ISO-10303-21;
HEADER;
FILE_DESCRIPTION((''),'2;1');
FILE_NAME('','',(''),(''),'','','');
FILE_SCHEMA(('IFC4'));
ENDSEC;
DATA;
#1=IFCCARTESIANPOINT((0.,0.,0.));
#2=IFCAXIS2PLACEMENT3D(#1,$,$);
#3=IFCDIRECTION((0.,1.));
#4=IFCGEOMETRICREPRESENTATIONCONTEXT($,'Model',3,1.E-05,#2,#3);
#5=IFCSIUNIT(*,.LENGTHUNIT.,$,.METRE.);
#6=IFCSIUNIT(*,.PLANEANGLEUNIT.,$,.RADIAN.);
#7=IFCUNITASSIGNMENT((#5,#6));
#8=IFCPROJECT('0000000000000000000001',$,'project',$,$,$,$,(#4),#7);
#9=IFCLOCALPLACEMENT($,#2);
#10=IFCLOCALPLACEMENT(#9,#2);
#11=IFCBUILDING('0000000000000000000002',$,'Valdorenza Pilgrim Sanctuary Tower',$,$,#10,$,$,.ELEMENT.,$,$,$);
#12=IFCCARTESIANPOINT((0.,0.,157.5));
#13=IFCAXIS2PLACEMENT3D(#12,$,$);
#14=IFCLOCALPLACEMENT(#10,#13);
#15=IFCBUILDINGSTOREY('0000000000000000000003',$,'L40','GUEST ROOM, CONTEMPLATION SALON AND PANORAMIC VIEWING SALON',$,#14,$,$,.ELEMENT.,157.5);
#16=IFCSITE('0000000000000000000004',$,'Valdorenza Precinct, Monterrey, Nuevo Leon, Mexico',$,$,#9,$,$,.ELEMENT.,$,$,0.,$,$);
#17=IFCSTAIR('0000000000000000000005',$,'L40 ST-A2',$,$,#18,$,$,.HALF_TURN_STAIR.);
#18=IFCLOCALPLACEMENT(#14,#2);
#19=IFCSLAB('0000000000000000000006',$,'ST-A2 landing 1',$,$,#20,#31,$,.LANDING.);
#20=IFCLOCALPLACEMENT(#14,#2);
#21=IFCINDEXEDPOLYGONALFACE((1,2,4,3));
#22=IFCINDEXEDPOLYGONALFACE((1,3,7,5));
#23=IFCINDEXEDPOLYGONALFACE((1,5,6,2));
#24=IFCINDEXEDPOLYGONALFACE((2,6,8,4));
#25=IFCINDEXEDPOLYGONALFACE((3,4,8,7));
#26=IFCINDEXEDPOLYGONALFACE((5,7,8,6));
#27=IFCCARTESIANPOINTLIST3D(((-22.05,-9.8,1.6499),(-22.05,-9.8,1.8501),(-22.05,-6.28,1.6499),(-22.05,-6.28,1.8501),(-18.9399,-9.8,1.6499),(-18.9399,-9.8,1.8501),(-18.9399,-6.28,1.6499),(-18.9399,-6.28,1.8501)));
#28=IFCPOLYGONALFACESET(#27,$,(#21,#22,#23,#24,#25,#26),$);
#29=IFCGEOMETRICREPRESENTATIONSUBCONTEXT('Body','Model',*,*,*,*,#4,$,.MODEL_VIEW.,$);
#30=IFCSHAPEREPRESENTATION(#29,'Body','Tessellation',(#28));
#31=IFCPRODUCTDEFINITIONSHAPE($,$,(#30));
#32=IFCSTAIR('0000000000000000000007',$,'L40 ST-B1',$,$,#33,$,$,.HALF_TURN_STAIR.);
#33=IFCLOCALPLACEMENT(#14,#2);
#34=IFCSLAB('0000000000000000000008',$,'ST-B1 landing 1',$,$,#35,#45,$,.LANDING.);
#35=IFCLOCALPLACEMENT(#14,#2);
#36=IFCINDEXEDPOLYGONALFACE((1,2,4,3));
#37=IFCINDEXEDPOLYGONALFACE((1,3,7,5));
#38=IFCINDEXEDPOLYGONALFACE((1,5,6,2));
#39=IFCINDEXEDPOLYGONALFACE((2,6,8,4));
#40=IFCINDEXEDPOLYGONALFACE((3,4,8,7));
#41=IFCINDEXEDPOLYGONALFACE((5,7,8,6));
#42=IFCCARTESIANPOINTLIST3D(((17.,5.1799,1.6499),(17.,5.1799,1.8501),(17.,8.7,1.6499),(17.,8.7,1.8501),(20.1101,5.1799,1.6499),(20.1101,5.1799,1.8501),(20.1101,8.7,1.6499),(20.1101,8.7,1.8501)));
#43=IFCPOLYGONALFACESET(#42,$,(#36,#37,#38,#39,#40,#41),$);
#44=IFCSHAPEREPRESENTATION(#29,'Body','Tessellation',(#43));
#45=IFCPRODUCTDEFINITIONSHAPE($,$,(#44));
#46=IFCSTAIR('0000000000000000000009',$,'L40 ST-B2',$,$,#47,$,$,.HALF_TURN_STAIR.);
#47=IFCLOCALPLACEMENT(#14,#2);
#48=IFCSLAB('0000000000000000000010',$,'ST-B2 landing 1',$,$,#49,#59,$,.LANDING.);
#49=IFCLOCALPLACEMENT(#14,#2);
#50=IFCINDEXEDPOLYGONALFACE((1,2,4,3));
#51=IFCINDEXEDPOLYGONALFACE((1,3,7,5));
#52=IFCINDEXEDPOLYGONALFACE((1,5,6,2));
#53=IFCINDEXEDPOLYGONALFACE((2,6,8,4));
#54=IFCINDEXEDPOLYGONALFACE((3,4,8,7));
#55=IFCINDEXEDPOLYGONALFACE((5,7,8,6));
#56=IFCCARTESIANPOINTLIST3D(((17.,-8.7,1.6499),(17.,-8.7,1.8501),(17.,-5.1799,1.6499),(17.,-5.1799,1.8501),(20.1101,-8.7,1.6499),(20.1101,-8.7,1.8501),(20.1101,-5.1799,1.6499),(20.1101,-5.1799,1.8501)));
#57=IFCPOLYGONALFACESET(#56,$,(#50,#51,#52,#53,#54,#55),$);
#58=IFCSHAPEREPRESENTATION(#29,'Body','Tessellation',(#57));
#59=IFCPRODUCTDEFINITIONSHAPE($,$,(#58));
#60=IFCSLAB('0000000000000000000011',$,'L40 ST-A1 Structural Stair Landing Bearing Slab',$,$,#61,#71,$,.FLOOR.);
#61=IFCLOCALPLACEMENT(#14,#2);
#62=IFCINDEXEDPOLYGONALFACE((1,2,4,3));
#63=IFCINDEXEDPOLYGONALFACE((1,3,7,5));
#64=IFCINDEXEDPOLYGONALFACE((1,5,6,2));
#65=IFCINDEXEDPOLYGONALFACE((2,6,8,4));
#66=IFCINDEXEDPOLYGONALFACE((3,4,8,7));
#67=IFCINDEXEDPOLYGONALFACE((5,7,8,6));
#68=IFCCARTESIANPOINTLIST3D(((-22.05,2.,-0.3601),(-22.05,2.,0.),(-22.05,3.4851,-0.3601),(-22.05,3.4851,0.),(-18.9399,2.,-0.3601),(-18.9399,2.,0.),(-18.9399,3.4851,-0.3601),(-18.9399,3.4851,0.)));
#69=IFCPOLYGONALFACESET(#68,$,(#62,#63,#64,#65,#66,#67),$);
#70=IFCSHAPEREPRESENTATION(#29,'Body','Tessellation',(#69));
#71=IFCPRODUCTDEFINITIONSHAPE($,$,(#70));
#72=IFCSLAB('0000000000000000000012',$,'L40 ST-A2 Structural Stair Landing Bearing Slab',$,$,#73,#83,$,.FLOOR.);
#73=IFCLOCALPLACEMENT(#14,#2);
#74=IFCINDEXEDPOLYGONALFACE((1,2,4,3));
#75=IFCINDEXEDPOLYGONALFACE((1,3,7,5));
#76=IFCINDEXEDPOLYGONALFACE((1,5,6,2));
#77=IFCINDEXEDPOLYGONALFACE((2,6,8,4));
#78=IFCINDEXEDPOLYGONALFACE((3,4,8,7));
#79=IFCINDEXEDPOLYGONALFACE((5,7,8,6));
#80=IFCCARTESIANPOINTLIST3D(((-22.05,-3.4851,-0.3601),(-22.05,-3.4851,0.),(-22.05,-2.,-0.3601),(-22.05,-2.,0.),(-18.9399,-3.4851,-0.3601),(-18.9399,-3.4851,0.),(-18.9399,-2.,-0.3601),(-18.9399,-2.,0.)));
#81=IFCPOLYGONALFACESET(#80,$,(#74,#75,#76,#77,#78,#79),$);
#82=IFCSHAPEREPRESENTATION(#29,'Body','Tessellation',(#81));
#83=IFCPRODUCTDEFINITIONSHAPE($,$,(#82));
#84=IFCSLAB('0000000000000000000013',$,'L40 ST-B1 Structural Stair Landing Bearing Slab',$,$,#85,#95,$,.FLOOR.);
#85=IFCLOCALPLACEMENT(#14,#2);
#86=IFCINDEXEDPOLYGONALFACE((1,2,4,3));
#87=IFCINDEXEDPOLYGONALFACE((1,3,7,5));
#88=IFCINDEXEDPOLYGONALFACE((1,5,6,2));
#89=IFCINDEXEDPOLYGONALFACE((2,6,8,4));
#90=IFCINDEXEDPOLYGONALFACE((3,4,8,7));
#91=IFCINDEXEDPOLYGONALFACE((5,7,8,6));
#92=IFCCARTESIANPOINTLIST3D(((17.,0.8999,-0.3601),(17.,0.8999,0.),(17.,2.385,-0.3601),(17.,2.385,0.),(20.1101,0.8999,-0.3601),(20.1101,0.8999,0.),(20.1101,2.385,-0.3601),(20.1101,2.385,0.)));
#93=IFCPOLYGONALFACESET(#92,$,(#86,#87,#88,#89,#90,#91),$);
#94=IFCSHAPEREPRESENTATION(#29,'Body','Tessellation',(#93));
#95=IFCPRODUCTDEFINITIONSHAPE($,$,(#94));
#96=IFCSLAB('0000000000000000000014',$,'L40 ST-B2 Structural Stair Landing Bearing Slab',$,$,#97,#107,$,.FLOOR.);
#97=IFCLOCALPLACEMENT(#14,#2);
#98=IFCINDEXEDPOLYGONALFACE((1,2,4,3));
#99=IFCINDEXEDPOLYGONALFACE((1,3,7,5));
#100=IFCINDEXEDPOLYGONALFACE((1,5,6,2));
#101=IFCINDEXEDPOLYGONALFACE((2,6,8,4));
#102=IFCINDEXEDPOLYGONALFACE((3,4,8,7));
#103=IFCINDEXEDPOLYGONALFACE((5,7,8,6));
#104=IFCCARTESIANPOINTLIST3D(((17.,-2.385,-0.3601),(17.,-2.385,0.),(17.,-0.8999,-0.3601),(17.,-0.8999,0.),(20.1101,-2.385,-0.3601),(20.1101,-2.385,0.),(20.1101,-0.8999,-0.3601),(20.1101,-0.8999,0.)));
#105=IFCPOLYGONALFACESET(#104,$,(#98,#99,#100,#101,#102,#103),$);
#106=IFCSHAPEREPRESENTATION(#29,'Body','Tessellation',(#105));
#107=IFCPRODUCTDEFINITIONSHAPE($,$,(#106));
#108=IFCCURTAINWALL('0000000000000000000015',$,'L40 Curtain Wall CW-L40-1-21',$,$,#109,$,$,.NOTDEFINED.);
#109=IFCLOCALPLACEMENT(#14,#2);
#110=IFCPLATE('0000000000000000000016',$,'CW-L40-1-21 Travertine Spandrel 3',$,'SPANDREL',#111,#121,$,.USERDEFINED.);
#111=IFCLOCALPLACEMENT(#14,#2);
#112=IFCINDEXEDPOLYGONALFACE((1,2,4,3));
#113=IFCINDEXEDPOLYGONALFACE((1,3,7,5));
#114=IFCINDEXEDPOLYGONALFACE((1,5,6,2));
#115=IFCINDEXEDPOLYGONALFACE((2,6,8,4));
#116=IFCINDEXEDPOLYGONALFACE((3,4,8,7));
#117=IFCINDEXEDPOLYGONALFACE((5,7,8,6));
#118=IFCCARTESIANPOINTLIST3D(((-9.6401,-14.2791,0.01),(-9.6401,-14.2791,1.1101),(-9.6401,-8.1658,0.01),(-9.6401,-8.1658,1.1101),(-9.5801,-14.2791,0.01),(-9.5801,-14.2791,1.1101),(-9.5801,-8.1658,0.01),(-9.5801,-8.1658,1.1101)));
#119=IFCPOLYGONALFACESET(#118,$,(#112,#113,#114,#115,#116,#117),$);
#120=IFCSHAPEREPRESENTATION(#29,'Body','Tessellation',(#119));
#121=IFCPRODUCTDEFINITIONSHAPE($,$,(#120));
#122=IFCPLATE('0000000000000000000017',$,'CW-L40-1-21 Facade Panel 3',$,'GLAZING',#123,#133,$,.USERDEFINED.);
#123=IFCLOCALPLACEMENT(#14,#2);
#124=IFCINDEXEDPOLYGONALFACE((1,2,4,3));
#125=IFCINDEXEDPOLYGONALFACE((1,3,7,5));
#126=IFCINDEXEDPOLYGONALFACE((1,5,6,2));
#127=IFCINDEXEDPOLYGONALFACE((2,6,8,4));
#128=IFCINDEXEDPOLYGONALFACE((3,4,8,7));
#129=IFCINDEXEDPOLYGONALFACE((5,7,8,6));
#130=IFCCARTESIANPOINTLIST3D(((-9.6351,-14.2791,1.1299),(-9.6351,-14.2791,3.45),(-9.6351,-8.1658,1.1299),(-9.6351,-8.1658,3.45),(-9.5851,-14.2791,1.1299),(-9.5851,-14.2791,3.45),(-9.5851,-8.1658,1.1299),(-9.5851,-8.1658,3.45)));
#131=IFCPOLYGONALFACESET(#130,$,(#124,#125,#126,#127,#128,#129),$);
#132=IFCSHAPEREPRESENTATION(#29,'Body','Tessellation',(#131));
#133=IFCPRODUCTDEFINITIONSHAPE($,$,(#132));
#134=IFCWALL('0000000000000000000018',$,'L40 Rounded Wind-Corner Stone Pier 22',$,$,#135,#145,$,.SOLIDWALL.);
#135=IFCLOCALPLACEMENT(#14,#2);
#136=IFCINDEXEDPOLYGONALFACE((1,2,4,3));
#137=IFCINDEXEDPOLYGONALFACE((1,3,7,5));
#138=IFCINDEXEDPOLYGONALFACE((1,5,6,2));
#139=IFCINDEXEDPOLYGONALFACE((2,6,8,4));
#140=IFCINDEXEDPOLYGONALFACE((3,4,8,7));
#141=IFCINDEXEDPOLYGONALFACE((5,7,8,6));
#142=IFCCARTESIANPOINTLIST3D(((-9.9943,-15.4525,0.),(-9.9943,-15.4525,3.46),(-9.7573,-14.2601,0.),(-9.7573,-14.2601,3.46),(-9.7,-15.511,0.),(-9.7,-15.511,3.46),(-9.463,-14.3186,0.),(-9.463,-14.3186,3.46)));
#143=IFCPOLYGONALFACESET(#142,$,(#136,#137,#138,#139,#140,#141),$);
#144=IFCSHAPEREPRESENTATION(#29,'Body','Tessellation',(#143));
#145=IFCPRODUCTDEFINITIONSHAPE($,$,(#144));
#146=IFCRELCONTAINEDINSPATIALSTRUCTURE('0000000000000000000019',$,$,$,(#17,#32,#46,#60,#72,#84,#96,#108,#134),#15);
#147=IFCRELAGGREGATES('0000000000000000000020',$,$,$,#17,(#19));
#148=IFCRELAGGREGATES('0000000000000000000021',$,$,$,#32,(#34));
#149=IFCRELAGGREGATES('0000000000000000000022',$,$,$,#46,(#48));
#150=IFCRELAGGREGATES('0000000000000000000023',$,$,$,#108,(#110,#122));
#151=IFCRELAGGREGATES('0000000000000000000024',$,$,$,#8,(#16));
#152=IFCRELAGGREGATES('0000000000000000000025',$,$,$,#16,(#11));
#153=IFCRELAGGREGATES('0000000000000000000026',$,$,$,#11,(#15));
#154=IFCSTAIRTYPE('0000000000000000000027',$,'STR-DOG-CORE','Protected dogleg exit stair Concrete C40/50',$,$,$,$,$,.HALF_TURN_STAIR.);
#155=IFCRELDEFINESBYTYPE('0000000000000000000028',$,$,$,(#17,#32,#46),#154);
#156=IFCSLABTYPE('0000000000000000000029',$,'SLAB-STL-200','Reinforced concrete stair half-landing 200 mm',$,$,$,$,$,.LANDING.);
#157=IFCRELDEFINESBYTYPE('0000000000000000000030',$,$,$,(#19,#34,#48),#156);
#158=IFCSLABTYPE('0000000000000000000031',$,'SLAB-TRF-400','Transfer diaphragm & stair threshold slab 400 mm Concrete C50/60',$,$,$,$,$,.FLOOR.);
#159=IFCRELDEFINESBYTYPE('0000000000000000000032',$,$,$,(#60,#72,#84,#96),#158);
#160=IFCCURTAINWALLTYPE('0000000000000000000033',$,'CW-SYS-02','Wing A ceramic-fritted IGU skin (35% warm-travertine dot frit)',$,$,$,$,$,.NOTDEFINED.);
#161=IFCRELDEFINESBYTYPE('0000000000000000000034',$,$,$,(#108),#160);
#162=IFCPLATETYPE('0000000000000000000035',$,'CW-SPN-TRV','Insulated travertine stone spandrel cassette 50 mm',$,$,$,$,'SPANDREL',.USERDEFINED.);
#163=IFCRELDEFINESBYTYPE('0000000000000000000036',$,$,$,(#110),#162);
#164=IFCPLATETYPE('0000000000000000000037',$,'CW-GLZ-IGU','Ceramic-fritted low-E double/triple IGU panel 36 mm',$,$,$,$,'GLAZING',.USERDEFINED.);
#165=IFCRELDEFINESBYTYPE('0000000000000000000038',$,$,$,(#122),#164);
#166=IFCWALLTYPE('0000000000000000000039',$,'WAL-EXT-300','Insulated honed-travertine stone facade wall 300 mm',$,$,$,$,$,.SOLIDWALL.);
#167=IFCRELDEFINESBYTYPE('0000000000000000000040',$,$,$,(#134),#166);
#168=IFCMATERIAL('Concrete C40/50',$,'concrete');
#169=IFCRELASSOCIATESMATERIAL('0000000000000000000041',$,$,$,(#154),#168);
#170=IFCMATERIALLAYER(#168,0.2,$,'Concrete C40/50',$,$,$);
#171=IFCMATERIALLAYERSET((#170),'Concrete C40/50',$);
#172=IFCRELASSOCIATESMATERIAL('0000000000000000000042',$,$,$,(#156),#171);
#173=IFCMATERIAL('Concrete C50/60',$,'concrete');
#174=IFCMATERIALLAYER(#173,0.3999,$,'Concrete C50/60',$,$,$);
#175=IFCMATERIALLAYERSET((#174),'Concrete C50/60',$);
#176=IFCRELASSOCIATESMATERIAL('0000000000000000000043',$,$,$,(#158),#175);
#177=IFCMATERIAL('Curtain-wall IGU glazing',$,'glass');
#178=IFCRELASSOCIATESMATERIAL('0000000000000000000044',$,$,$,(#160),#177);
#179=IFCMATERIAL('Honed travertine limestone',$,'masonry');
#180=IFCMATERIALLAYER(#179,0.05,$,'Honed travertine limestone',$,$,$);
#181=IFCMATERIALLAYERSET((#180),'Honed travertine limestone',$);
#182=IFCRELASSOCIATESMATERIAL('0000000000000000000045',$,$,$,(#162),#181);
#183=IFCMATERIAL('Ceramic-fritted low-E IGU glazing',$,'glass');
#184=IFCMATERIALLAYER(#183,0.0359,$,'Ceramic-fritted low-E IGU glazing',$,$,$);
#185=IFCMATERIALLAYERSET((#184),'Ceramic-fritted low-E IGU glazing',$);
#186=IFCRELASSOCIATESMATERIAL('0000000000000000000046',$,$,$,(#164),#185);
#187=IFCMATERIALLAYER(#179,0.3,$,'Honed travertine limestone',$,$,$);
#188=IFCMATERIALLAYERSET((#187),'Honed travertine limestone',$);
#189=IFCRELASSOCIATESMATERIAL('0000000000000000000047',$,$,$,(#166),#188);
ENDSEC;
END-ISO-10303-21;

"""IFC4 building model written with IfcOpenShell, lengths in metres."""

from ifc_helpers import new_model, si_unit, direction, frame, frame_2d, origin, origin_2d, place, context, subcontext, project, spatial, polyline, rectangle, outline, extrude, source, transform, mapped, material, layer, layer_set, type_object, element, aggregate, save


model = new_model("IFC4")

# Units and contexts
model_context = context("Model", 3, precision=1e-05, world=origin(), true_north=direction((0.0, 1.0)))
body_context = subcontext(model_context, "Body", "Model", "MODEL_VIEW")
ifc_project = project(units=[si_unit("LENGTHUNIT", "METRE"), si_unit("PLANEANGLEUNIT", "RADIAN")], contexts=[model_context])

# Site, building, storey
site_placement = place(None, origin())
site = spatial("IfcSite", under=ifc_project, at=site_placement, Name="Valdorenza Precinct, Monterrey, Nuevo Leon, Mexico", CompositionType="ELEMENT", RefElevation=0.0)
building_placement = place(site_placement, origin())
building = spatial("IfcBuilding", under=site, at=building_placement, Name="Valdorenza Pilgrim Sanctuary Tower", CompositionType="ELEMENT")
storey_placement = place(building_placement, frame((0.0, 0.0, 157.5)))
storey = spatial("IfcBuildingStorey", under=building, at=storey_placement, Name="L40", Description="GUEST ROOM, CONTEMPLATION SALON AND PANORAMIC VIEWING SALON", CompositionType="ELEMENT", Elevation=157.5)

# Shared definitions
ifc_material_1 = material(Name="Concrete C40/50", Category="concrete")

# Stairs, slabs
stair_type = type_object("IfcStairType", Name="STR-DOG-CORE", Description="Protected dogleg exit stair Concrete C40/50", PredefinedType="HALF_TURN_STAIR", material=ifc_material_1)
ifc_layer_1 = layer(ifc_material_1, 0.2, Name="Concrete C40/50")
ifc_layer_set_1 = layer_set([ifc_layer_1], Name="Concrete C40/50")
slab_type_1 = type_object("IfcSlabType", Name="SLAB-STL-200", Description="Reinforced concrete stair half-landing 200 mm", PredefinedType="LANDING", material=ifc_layer_set_1)
stair_1_placement = place(storey_placement, origin())
stair_1 = element("IfcStair", 1, at=stair_1_placement, inside=storey, type_object=stair_type, Name="L40 ST-A2", PredefinedType="HALF_TURN_STAIR")
slab_1_placement = place(storey_placement, frame((0.0, 0.0, 1.6499)))
slab_1 = element("IfcSlab", 2, at=slab_1_placement, type_object=slab_type_1, Name="ST-A2 landing 1", PredefinedType="LANDING", context=body_context, shape_type="SweptSolid", body=[
    extrude(outline(polyline([(-22.05, -6.28), (-22.05, -9.8), (-18.9399, -9.8), (-18.9399, -6.28), (-22.05, -6.28)])), origin(), (0.0, 0.0, 1.0), 0.2002),
])
aggregate(stair_1, [slab_1])
stair_2_placement = place(storey_placement, origin())
stair_2 = element("IfcStair", 3, at=stair_2_placement, inside=storey, type_object=stair_type, Name="L40 ST-B1", PredefinedType="HALF_TURN_STAIR")
slab_2_placement = place(storey_placement, frame((0.0, 0.0, 1.6499)))
slab_2 = element("IfcSlab", 4, at=slab_2_placement, type_object=slab_type_1, Name="ST-B1 landing 1", PredefinedType="LANDING", context=body_context, shape_type="SweptSolid", body=[
    extrude(outline(polyline([(20.1101, 5.1799), (20.1101, 8.7), (17.0, 8.7), (17.0, 5.1799), (20.1101, 5.1799)])), origin(), (0.0, 0.0, 1.0), 0.2002),
])
aggregate(stair_2, [slab_2])
stair_3_placement = place(storey_placement, origin())
stair_3 = element("IfcStair", 5, at=stair_3_placement, inside=storey, type_object=stair_type, Name="L40 ST-B2", PredefinedType="HALF_TURN_STAIR")
slab_3_placement = place(storey_placement, frame((0.0, 0.0, 1.6499)))
slab_3 = element("IfcSlab", 6, at=slab_3_placement, type_object=slab_type_1, Name="ST-B2 landing 1", PredefinedType="LANDING", context=body_context, shape_type="SweptSolid", body=[
    extrude(outline(polyline([(17.0, -5.1799), (17.0, -8.7), (20.1101, -8.7), (20.1101, -5.1799), (17.0, -5.1799)])), origin(), (0.0, 0.0, 1.0), 0.2002),
])
aggregate(stair_3, [slab_3])

# Slabs
ifc_material_2 = material(Name="Concrete C50/60", Category="concrete")
ifc_layer_2 = layer(ifc_material_2, 0.3999, Name="Concrete C50/60")
ifc_layer_set_2 = layer_set([ifc_layer_2], Name="Concrete C50/60")
slab_type_2 = type_object("IfcSlabType", Name="SLAB-TRF-400", Description="Transfer diaphragm & stair threshold slab 400 mm Concrete C50/60", PredefinedType="FLOOR", material=ifc_layer_set_2)
slab_4_placement = place(storey_placement, frame((0.0, 0.0, -0.3601)))
element("IfcSlab", 7, at=slab_4_placement, inside=storey, type_object=slab_type_2, Name="L40 ST-A1 Structural Stair Landing Bearing Slab", PredefinedType="FLOOR", context=body_context, shape_type="SweptSolid", body=[
    extrude(outline(polyline([(-22.05, 2.0), (-18.9399, 2.0), (-18.9399, 3.4851), (-22.05, 3.4851), (-22.05, 2.0)])), origin(), (0.0, 0.0, 1.0), 0.3601),
])
slab_5_placement = place(storey_placement, frame((0.0, 0.0, -0.3601)))
element("IfcSlab", 8, at=slab_5_placement, inside=storey, type_object=slab_type_2, Name="L40 ST-A2 Structural Stair Landing Bearing Slab", PredefinedType="FLOOR", context=body_context, shape_type="SweptSolid", body=[
    extrude(outline(polyline([(-22.05, -3.4851), (-18.9399, -3.4851), (-18.9399, -2.0), (-22.05, -2.0), (-22.05, -3.4851)])), origin(), (0.0, 0.0, 1.0), 0.3601),
])
slab_6_placement = place(storey_placement, frame((0.0, 0.0, -0.3601)))
element("IfcSlab", 9, at=slab_6_placement, inside=storey, type_object=slab_type_2, Name="L40 ST-B1 Structural Stair Landing Bearing Slab", PredefinedType="FLOOR", context=body_context, shape_type="SweptSolid", body=[
    extrude(outline(polyline([(17.0, 0.8999), (20.1101, 0.8999), (20.1101, 2.385), (17.0, 2.385), (17.0, 0.8999)])), origin(), (0.0, 0.0, 1.0), 0.3601),
])
slab_7_placement = place(storey_placement, frame((0.0, 0.0, -0.3601)))
element("IfcSlab", 10, at=slab_7_placement, inside=storey, type_object=slab_type_2, Name="L40 ST-B2 Structural Stair Landing Bearing Slab", PredefinedType="FLOOR", context=body_context, shape_type="SweptSolid", body=[
    extrude(outline(polyline([(17.0, -2.385), (20.1101, -2.385), (20.1101, -0.8999), (17.0, -0.8999), (17.0, -2.385)])), origin(), (0.0, 0.0, 1.0), 0.3601),
])

# Curtain wall, plates
ifc_material_3 = material(Name="Curtain-wall IGU glazing", Category="glass")
curtain_wall_type = type_object("IfcCurtainWallType", Name="CW-SYS-02", Description="Wing A ceramic-fritted IGU skin (35% warm-travertine dot frit)", PredefinedType="NOTDEFINED", material=ifc_material_3)
curtain_wall_placement = place(storey_placement, origin())
curtain_wall = element("IfcCurtainWall", 11, at=curtain_wall_placement, inside=storey, type_object=curtain_wall_type, Name="L40 Curtain Wall CW-L40-1-21", PredefinedType="NOTDEFINED")
ifc_material_4 = material(Name="Honed travertine limestone", Category="masonry")
ifc_layer_3 = layer(ifc_material_4, 0.05, Name="Honed travertine limestone")
ifc_layer_set_3 = layer_set([ifc_layer_3], Name="Honed travertine limestone")
plate_type_1 = type_object("IfcPlateType", Name="CW-SPN-TRV", Description="Insulated travertine stone spandrel cassette 50 mm", ElementType="SPANDREL", PredefinedType="USERDEFINED", material=ifc_layer_set_3)
shared_shape_1 = source(origin(), body_context, "Body", "SweptSolid", [
    extrude(rectangle(XDim=6.1133, YDim=0.0601, at=origin_2d()), origin(), (0.0, 0.0, 1.0), 1.1001),
])
plate_1_placement = place(storey_placement, frame((-9.6101, -11.2224, 0.01), z_axis=(0.0, 0.0, 1.0), x_axis=(0.0, -1.0, 0.0)))
plate_1 = element("IfcPlate", 12, at=plate_1_placement, type_object=plate_type_1, Name="CW-L40-1-21 Travertine Spandrel 3", ObjectType="SPANDREL", PredefinedType="USERDEFINED", context=body_context, shape_type="MappedRepresentation", body=[
    mapped(shared_shape_1, transform((0.0, 0.0, 0.0), x_axis=(1.0, 0.0, 0.0), y_axis=(0.0, 1.0, 0.0), z_axis=(0.0, 0.0, 1.0), scale=1.0)),
])
ifc_material_5 = material(Name="Ceramic-fritted low-E IGU glazing", Category="glass")
ifc_layer_4 = layer(ifc_material_5, 0.0359, Name="Ceramic-fritted low-E IGU glazing")
ifc_layer_set_4 = layer_set([ifc_layer_4], Name="Ceramic-fritted low-E IGU glazing")
plate_type_2 = type_object("IfcPlateType", Name="CW-GLZ-IGU", Description="Ceramic-fritted low-E double/triple IGU panel 36 mm", ElementType="GLAZING", PredefinedType="USERDEFINED", material=ifc_layer_set_4)
shared_shape_2 = source(origin(), body_context, "Body", "SweptSolid", [
    extrude(rectangle(XDim=6.1133, YDim=0.05, at=origin_2d()), origin(), (0.0, 0.0, 1.0), 2.3201),
])
plate_2_placement = place(storey_placement, frame((-9.6101, -11.2224, 1.1299), z_axis=(0.0, 0.0, 1.0), x_axis=(0.0, -1.0, 0.0)))
plate_2 = element("IfcPlate", 13, at=plate_2_placement, type_object=plate_type_2, Name="CW-L40-1-21 Facade Panel 3", ObjectType="GLAZING", PredefinedType="USERDEFINED", context=body_context, shape_type="MappedRepresentation", body=[
    mapped(shared_shape_2, transform((0.0, 0.0, 0.0), x_axis=(1.0, 0.0, 0.0), y_axis=(0.0, 1.0, 0.0), z_axis=(0.0, 0.0, 1.0), scale=1.0)),
])
aggregate(curtain_wall, [plate_1, plate_2])

# Wall
ifc_layer_5 = layer(ifc_material_4, 0.3, Name="Honed travertine limestone")
ifc_layer_set_5 = layer_set([ifc_layer_5], Name="Honed travertine limestone")
wall_type = type_object("IfcWallType", Name="WAL-EXT-300", Description="Insulated honed-travertine stone facade wall 300 mm", PredefinedType="SOLIDWALL", material=ifc_layer_set_5)
wall_placement = place(storey_placement, frame((-9.6101, -14.2893, 0.0), z_axis=(0.0, 0.0, 1.0), x_axis=(-0.194996, -0.980804, 0.0)))
element("IfcWall", 14, at=wall_placement, inside=storey, type_object=wall_type, Name="L40 Rounded Wind-Corner Stone Pier 22", PredefinedType="SOLIDWALL", context=body_context, shape_type="SweptSolid", body=[
    extrude(rectangle(XDim=1.2158, YDim=0.3, at=frame_2d((0.6079, 0.0))), origin(), (0.0, 0.0, 1.0), 3.46),
])

save(model, "model.ifc")
